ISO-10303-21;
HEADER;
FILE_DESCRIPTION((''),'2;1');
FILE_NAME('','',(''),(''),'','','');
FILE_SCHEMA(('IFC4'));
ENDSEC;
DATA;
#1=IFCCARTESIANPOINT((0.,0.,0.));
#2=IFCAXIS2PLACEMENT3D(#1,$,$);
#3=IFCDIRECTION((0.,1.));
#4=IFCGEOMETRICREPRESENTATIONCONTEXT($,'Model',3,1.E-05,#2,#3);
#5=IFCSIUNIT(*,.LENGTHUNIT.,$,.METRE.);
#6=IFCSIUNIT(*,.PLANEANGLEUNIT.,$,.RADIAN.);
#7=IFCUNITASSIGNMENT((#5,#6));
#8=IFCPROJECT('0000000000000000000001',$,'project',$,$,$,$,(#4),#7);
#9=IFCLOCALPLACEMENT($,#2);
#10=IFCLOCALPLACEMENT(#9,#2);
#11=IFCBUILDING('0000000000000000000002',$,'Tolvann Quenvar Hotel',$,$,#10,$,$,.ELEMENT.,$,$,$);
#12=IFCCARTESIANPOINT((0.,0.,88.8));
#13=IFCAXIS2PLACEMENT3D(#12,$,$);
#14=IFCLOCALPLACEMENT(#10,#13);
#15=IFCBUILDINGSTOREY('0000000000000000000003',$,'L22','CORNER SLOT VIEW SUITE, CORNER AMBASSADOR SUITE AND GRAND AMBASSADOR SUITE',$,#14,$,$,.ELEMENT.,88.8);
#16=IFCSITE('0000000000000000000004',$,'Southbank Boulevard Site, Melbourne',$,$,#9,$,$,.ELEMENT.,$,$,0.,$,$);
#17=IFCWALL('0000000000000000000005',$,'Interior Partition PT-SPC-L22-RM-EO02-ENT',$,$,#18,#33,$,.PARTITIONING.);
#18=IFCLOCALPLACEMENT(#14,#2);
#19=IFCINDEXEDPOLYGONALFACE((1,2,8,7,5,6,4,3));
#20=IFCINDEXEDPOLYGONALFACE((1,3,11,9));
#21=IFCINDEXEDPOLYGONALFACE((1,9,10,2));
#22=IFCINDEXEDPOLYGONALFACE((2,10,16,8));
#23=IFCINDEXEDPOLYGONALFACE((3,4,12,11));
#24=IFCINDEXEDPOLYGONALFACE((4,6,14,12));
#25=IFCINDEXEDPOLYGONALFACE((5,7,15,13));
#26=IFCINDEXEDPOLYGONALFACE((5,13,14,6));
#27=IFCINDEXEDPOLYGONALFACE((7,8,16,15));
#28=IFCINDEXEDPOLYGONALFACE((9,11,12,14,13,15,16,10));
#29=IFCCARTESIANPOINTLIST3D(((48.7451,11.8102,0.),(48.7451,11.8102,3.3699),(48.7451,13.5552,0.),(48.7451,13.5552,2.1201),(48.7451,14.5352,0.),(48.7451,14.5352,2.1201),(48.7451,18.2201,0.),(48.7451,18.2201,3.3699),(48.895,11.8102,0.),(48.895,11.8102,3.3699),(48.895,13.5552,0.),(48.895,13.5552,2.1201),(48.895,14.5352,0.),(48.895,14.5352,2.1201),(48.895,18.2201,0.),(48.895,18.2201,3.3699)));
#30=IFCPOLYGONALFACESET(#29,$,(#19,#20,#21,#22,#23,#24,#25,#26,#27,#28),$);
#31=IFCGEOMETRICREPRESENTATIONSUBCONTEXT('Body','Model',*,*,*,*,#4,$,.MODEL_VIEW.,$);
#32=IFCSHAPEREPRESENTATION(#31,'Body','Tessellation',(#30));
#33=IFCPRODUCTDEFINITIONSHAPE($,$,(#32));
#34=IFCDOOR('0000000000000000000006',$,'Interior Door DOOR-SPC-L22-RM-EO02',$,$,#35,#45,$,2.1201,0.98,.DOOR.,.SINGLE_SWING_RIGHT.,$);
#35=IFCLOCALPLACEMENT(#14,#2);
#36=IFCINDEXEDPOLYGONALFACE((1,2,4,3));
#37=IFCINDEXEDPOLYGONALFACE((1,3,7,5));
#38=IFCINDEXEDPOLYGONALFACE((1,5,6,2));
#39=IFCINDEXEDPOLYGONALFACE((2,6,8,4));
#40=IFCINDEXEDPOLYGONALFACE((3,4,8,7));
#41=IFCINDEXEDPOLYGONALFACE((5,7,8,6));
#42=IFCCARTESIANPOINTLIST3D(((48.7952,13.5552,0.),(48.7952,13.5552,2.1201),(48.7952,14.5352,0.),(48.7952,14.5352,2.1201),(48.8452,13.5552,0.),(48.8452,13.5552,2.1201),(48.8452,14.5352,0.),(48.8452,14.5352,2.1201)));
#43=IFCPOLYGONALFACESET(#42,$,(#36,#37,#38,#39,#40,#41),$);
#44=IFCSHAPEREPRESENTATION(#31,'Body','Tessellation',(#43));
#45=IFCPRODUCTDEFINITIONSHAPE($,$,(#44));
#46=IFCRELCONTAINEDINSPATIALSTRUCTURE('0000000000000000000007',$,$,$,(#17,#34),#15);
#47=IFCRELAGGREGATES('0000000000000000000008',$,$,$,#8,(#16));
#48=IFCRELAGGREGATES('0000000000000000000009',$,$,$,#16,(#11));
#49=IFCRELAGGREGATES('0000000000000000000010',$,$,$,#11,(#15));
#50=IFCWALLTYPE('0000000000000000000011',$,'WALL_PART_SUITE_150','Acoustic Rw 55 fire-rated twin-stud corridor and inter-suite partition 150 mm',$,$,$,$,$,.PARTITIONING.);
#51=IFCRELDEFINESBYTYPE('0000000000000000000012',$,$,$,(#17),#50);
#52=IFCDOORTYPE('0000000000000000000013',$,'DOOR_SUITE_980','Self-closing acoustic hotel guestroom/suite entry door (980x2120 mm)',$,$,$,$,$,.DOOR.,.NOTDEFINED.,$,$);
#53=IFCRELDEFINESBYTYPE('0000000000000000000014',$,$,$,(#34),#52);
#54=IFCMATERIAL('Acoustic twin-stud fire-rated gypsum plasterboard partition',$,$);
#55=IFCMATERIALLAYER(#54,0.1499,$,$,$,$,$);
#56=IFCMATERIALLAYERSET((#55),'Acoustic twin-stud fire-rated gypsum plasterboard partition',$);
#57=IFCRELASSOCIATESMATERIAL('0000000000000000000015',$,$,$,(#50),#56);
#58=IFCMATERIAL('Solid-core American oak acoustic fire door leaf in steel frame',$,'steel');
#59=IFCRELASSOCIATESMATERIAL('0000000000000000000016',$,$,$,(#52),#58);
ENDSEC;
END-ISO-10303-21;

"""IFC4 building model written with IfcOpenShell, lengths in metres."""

from ifc_helpers import new_model, si_unit, direction, frame, frame_2d, origin, place, context, subcontext, project, spatial, rectangle, extrude, source, transform, mapped, material, layer, layer_set, type_object, type_shapes, element, fill, save


model = new_model("IFC4")

# Units and contexts
model_context = context("Model", 3, precision=1e-05, world=origin(), true_north=direction((0.0, 1.0)))
body_context = subcontext(model_context, "Body", "Model", "MODEL_VIEW")
ifc_project = project(units=[si_unit("LENGTHUNIT", "METRE"), si_unit("PLANEANGLEUNIT", "RADIAN")], contexts=[model_context])

# Site, building, storey
site_placement = place(None, origin())
site = spatial("IfcSite", under=ifc_project, at=site_placement, Name="Southbank Boulevard Site, Melbourne", CompositionType="ELEMENT", RefElevation=0.0)
building_placement = place(site_placement, origin())
building = spatial("IfcBuilding", under=site, at=building_placement, Name="Tolvann Quenvar Hotel", CompositionType="ELEMENT")
storey_placement = place(building_placement, frame((0.0, 0.0, 88.8)))
storey = spatial("IfcBuildingStorey", under=building, at=storey_placement, Name="L22", Description="CORNER SLOT VIEW SUITE, CORNER AMBASSADOR SUITE AND GRAND AMBASSADOR SUITE", CompositionType="ELEMENT", Elevation=88.8)

# Shared definitions
ifc_material_1 = material(Name="Acoustic twin-stud fire-rated gypsum plasterboard partition")
ifc_layer_1 = layer(ifc_material_1, 0.1499)
ifc_layer_set_1 = layer_set([ifc_layer_1], Name="Acoustic twin-stud fire-rated gypsum plasterboard partition")
wall_type_1 = type_object("IfcWallType", Name="WALL_PART_SUITE_150", Description="Acoustic Rw 55 fire-rated twin-stud corridor and inter-suite partition 150 mm", PredefinedType="PARTITIONING", material=ifc_layer_set_1)

# Shared definitions
ifc_material_2 = material(Name="Solid-core American oak acoustic fire door leaf in steel frame", Category="steel")

# Wall, opening, door
door_type_1 = type_object("IfcDoorType", Name="DOOR_SUITE_980", Description="Self-closing acoustic hotel guestroom/suite entry door (980x2120 mm)", OperationType="NOTDEFINED", PredefinedType="DOOR", material=ifc_material_2)
shared_shape_1 = source(origin(), body_context, "Body", "SweptSolid", [
    extrude(rectangle(XDim=0.98, YDim=2.1201, at=frame_2d((0.49, 1.0601))), frame((0.0, 0.0249, 0.0), z_axis=(0.0, -1.0, 0.0), x_axis=(1.0, 0.0, 0.0)), (0.0, 0.0, 1.0), 0.05),
])
type_shapes(door_type_1, [shared_shape_1])
wall_1_placement = place(storey_placement, frame((48.8201, 11.8101, 0.0), z_axis=(0.0, 0.0, 1.0), x_axis=(0.0, 1.0, 0.0)))
wall_1 = element("IfcWall", 1, at=wall_1_placement, inside=storey, type_object=wall_type_1, Name="Interior Partition PT-SPC-L22-RM-EO02-ENT", PredefinedType="PARTITIONING", context=body_context, shape_type="SweptSolid", body=[
    extrude(rectangle(XDim=6.4099, YDim=0.1499, at=frame_2d((3.2051, 0.0))), origin(), (0.0, 0.0, 1.0), 3.3699),
])
opening_1_placement = place(wall_1_placement, frame((1.7451, 0.0, 0.0)))
opening_1 = element("IfcOpeningElement", 2, at=opening_1_placement, cuts=wall_1, PredefinedType="OPENING", context=body_context, shape_type="SweptSolid", body=[
    extrude(rectangle(XDim=0.98, YDim=2.1201, at=frame_2d((0.49, 1.0601))), frame((0.0, 0.085, 0.0), z_axis=(0.0, -1.0, 0.0), x_axis=(1.0, 0.0, 0.0)), (0.0, 0.0, 1.0), 0.1699),
])
door_1_placement = place(opening_1_placement, origin())
door_1 = element("IfcDoor", 3, at=door_1_placement, inside=storey, type_object=door_type_1, Name="Interior Door DOOR-SPC-L22-RM-EO02", OperationType="SINGLE_SWING_RIGHT", OverallHeight=2.1201, OverallWidth=0.98, PredefinedType="DOOR", context=body_context, shape_type="MappedRepresentation", body=[
    mapped(shared_shape_1, transform((0.0, 0.0, 0.0), x_axis=(1.0, 0.0, 0.0), y_axis=(0.0, 1.0, 0.0), z_axis=(0.0, 0.0, 1.0), scale=1.0)),
])
fill(opening_1, door_1)

save(model, "model.ifc")
